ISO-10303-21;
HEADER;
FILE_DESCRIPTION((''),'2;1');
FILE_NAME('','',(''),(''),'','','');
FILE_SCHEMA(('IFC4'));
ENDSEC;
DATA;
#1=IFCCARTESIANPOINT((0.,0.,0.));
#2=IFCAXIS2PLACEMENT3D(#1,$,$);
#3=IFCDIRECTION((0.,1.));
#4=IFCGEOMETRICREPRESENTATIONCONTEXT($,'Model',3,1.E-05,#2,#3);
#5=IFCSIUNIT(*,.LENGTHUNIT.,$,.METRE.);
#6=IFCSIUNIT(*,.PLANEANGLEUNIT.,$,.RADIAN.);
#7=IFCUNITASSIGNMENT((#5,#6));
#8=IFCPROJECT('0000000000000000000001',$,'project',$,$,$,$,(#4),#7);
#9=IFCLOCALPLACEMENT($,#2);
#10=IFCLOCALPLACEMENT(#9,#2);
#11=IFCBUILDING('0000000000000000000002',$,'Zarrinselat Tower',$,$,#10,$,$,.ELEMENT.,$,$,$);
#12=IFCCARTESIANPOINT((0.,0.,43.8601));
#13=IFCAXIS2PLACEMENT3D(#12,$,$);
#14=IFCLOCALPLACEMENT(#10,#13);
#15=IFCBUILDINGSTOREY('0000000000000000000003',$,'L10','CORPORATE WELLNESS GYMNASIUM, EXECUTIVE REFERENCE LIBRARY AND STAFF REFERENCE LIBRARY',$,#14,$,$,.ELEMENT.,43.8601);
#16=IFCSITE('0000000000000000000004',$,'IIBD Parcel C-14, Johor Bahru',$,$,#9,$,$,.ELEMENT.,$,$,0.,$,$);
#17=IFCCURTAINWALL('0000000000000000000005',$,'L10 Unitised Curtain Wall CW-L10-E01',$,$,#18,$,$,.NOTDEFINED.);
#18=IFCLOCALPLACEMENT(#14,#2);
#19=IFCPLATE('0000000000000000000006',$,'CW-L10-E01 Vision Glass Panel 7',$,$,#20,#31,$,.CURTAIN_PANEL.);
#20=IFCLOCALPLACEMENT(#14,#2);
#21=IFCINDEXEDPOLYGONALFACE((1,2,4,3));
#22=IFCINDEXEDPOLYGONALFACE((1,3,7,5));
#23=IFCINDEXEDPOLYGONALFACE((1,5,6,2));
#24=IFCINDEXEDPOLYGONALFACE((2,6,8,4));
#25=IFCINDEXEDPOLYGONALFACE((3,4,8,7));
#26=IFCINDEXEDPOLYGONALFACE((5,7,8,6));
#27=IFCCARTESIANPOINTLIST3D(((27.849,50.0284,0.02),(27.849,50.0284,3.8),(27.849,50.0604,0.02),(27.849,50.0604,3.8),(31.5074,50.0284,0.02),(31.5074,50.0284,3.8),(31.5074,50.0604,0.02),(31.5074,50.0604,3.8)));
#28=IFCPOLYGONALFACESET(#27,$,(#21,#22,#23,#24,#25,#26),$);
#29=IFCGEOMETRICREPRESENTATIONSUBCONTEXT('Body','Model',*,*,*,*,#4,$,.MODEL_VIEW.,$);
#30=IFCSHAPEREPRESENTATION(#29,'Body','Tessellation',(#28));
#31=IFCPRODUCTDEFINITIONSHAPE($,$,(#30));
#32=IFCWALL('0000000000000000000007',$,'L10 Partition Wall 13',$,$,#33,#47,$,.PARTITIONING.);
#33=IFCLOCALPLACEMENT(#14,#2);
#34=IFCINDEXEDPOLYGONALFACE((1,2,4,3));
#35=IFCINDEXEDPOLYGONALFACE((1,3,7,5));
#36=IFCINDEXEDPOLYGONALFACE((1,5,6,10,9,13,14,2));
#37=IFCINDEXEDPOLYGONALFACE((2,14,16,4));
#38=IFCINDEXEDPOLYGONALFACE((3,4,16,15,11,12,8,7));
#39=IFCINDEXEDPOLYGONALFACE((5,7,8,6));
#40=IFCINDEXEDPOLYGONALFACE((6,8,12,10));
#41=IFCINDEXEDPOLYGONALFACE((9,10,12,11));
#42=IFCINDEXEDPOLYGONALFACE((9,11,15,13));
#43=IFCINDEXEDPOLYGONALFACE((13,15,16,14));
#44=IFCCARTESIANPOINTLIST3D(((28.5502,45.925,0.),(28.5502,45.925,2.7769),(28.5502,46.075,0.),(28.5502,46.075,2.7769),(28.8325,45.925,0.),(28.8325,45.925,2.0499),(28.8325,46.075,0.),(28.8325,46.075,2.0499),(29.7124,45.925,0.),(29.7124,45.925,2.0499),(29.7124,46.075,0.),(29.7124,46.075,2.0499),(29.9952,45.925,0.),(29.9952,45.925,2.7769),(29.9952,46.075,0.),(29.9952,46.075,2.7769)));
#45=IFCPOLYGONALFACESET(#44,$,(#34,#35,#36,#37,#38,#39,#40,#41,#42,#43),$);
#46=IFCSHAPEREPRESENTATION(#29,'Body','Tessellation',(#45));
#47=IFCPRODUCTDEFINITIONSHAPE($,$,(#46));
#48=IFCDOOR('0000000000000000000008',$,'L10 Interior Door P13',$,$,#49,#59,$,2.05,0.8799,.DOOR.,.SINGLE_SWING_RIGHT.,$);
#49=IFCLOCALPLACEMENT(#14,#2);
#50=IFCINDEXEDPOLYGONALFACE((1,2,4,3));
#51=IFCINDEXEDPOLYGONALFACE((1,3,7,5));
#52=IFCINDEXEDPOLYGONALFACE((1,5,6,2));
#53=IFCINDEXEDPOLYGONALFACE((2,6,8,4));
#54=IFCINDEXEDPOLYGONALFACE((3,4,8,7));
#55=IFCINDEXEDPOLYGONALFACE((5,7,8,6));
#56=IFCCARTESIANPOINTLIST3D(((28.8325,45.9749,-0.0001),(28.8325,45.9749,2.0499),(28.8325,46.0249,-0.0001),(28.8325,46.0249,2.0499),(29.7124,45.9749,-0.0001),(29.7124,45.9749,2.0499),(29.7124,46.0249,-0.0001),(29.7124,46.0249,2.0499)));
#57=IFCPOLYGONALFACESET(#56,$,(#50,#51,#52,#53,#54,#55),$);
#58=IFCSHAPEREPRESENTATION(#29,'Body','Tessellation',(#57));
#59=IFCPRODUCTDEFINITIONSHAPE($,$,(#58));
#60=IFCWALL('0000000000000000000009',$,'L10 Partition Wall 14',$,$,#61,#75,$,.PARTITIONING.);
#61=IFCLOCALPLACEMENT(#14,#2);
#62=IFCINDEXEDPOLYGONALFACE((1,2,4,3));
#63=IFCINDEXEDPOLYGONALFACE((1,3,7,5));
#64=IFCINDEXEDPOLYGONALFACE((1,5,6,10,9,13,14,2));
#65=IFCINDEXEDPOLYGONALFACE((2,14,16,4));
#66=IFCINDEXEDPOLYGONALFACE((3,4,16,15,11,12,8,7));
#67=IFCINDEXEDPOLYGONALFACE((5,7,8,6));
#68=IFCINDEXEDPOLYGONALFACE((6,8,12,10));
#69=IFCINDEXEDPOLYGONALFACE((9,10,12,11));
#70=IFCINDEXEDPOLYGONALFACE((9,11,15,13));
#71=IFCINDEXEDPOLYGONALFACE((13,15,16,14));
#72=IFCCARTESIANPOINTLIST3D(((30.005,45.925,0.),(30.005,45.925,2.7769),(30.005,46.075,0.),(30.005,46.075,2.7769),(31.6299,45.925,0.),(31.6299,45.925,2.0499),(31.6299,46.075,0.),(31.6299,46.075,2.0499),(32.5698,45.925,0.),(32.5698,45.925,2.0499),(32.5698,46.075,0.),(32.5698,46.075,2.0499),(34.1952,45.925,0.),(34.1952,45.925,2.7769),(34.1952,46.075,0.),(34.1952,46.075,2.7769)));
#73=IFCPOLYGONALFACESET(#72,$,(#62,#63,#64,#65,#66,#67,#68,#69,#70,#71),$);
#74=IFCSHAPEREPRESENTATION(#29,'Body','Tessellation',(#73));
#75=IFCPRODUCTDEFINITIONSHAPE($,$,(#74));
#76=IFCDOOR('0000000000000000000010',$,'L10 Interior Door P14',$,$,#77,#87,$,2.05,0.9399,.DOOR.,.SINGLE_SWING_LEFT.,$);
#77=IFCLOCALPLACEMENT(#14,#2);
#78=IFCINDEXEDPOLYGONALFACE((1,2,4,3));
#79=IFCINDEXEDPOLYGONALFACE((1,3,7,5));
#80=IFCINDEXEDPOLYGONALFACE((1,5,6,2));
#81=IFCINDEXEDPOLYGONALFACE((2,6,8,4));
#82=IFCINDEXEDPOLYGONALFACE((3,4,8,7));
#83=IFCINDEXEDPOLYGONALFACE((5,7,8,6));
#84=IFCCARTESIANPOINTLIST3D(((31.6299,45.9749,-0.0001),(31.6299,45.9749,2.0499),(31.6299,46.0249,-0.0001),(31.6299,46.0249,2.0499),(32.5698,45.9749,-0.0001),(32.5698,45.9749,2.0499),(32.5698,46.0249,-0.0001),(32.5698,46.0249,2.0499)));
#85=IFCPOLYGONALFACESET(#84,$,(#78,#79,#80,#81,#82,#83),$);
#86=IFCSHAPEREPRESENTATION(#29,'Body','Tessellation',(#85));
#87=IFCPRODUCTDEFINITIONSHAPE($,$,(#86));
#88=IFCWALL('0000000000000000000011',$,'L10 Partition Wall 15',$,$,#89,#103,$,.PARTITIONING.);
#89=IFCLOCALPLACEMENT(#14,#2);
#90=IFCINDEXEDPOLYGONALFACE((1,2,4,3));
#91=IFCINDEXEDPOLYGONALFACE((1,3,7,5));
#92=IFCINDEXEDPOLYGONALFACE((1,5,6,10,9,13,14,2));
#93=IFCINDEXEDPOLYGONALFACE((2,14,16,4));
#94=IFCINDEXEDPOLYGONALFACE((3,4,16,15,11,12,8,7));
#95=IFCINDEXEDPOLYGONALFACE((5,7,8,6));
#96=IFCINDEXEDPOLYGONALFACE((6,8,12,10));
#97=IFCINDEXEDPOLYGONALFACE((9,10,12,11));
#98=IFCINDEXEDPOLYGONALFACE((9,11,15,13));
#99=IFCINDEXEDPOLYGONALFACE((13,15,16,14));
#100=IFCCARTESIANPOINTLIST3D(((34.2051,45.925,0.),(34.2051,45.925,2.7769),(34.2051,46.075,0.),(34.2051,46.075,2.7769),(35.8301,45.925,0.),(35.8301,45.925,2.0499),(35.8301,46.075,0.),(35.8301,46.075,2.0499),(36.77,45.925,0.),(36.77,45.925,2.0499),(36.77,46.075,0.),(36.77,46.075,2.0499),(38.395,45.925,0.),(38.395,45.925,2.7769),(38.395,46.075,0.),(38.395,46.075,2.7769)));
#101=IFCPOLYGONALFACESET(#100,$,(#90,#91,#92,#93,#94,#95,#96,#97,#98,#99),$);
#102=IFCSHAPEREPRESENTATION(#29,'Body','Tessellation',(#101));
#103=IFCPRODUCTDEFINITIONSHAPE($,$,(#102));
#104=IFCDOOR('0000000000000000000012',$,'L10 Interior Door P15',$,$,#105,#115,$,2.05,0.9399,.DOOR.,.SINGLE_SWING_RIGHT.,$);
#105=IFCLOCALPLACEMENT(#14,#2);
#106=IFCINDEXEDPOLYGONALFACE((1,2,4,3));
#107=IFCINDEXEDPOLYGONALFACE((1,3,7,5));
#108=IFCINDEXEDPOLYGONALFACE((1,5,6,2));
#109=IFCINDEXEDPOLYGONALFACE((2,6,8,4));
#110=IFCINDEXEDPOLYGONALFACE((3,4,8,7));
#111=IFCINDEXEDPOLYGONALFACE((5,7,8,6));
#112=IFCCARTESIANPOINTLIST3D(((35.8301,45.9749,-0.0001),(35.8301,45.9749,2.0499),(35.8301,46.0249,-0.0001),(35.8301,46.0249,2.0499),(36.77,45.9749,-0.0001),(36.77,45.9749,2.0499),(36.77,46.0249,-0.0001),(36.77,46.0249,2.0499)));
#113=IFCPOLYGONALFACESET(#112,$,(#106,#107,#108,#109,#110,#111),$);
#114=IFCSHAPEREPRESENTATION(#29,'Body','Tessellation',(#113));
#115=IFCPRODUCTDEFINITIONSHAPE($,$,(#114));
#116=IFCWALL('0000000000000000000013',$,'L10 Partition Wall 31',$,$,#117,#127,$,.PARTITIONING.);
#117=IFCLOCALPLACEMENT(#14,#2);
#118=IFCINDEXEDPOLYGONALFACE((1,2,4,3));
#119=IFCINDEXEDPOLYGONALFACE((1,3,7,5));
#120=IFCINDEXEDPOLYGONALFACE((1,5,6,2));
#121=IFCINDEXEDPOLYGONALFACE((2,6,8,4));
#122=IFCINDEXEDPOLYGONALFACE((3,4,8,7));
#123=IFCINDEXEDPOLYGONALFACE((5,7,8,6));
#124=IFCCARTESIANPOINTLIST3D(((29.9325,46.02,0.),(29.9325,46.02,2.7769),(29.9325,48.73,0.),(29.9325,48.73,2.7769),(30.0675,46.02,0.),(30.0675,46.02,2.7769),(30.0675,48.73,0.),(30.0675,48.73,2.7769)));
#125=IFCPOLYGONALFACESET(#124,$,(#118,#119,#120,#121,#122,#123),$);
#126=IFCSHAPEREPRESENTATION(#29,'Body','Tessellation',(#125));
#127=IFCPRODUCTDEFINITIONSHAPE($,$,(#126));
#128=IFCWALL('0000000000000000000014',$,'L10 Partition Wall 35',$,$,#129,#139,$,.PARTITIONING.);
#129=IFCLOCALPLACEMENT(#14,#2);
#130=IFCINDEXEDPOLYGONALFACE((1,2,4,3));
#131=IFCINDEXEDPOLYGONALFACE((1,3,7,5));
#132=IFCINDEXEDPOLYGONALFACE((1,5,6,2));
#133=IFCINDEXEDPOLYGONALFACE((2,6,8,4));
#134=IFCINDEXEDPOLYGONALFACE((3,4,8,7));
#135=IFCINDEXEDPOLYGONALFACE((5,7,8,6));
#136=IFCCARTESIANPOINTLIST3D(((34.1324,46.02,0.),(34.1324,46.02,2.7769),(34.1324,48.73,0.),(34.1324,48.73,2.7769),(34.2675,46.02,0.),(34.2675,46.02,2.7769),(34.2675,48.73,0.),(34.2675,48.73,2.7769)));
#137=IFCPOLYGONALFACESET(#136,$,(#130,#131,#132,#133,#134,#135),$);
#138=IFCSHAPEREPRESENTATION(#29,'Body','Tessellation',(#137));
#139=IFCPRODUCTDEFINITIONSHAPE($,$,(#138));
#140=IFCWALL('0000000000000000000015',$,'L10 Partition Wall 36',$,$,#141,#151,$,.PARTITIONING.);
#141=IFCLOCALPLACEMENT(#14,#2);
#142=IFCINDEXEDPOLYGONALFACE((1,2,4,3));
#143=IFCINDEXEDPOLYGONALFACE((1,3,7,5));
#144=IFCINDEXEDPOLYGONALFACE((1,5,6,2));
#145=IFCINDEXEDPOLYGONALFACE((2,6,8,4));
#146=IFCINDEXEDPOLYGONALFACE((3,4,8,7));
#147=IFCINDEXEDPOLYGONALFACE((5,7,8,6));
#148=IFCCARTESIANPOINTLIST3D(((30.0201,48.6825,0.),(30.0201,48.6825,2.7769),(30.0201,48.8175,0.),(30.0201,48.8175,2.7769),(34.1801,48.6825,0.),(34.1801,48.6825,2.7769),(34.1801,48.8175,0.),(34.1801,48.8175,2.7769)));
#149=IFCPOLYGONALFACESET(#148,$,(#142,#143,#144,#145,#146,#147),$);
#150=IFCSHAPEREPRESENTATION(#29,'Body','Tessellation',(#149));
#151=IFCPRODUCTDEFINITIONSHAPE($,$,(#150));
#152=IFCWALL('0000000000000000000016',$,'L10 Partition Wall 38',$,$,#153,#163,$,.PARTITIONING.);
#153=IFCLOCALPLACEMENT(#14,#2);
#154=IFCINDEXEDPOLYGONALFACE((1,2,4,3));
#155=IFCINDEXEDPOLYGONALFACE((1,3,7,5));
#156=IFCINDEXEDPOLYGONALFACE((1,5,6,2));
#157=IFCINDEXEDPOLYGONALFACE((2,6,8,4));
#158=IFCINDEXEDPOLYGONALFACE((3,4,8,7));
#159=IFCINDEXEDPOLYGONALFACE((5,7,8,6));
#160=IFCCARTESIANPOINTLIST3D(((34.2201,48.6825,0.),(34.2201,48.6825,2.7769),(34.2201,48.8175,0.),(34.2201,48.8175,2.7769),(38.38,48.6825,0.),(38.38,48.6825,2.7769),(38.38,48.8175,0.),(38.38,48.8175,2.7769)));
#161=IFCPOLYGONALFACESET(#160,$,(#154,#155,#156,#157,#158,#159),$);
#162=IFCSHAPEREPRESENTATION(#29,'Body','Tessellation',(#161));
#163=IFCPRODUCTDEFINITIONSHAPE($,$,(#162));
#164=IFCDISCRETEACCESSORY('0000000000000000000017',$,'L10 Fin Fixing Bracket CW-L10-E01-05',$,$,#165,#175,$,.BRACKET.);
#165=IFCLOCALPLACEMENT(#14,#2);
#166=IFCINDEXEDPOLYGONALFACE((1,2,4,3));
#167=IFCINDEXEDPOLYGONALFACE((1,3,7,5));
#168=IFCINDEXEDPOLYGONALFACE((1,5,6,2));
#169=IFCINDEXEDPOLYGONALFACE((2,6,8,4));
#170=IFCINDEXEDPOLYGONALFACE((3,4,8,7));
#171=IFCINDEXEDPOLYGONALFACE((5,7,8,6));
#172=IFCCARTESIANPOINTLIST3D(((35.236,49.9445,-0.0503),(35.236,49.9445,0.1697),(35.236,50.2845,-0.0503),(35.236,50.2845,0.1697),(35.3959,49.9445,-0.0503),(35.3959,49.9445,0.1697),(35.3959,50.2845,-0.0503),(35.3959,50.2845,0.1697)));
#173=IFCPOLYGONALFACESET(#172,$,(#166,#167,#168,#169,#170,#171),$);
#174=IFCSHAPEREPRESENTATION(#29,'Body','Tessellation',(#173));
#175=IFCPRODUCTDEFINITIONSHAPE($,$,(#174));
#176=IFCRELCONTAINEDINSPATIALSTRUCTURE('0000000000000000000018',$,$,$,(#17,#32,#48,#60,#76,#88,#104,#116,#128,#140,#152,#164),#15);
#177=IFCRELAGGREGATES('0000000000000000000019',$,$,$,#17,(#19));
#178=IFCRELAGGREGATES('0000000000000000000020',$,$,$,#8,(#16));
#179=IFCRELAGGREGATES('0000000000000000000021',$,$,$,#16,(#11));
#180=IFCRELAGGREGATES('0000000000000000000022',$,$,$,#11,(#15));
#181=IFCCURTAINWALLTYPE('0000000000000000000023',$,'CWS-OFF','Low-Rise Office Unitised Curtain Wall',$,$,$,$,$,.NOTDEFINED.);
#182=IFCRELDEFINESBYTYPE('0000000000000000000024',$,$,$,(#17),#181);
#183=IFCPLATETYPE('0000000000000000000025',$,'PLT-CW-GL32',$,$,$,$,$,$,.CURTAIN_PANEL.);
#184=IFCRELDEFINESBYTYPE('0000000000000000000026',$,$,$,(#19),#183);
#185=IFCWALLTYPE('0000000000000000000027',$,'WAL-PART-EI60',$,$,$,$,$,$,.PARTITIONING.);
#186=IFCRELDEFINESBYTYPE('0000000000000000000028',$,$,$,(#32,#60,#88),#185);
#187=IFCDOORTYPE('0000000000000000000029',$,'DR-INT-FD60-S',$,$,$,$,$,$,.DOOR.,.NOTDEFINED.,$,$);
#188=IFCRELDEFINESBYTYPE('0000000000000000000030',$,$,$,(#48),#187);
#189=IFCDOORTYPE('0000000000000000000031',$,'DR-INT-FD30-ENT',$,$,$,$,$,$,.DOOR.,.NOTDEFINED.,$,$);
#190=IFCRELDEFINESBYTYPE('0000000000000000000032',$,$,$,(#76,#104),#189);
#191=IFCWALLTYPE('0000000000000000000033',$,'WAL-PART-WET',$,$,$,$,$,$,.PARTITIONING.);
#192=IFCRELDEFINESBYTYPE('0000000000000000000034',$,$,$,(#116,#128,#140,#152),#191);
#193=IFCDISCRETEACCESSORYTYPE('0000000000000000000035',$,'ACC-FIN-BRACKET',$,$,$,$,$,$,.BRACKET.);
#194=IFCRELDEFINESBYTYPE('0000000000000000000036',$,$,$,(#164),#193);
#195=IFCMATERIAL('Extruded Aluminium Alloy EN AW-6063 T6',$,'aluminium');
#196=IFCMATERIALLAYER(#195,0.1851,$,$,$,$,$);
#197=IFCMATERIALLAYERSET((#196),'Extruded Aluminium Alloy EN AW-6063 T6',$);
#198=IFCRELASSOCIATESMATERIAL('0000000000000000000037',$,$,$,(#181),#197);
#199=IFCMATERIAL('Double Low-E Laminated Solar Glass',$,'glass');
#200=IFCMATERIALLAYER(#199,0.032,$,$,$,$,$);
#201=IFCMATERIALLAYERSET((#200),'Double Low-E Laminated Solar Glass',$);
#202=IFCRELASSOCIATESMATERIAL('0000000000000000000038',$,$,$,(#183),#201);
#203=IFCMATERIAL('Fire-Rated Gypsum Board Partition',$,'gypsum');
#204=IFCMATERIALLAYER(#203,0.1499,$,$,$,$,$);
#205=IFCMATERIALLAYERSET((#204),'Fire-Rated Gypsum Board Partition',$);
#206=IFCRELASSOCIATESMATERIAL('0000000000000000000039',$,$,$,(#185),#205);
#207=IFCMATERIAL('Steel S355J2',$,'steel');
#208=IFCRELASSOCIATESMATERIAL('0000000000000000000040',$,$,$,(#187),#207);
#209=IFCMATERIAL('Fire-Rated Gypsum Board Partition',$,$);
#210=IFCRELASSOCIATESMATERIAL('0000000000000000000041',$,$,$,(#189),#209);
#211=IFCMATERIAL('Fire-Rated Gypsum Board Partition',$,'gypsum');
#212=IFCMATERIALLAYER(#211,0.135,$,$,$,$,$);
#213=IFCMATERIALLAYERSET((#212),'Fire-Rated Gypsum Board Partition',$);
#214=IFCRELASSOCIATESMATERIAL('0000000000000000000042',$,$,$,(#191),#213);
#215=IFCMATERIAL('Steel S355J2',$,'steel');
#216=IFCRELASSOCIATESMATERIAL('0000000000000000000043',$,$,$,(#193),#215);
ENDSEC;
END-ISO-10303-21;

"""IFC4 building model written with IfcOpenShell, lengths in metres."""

from ifc_helpers import new_model, si_unit, direction, frame, frame_2d, origin, origin_2d, place, context, subcontext, project, spatial, rectangle, extrude, material, layer, layer_set, type_object, element, fill, aggregate, save


model = new_model("IFC4")

# Units and contexts
model_context = context("Model", 3, precision=1e-05, world=origin(), true_north=direction((0.0, 1.0)))
body_context = subcontext(model_context, "Body", "Model", "MODEL_VIEW")
ifc_project = project(units=[si_unit("LENGTHUNIT", "METRE"), si_unit("PLANEANGLEUNIT", "RADIAN")], contexts=[model_context])

# Site, building, storey
site_placement = place(None, origin())
site = spatial("IfcSite", under=ifc_project, at=site_placement, Name="IIBD Parcel C-14, Johor Bahru", CompositionType="ELEMENT", RefElevation=0.0)
building_placement = place(site_placement, origin())
building = spatial("IfcBuilding", under=site, at=building_placement, Name="Zarrinselat Tower", CompositionType="ELEMENT")
storey_placement = place(building_placement, frame((0.0, 0.0, 43.8601)))
storey = spatial("IfcBuildingStorey", under=building, at=storey_placement, Name="L10", Description="CORPORATE WELLNESS GYMNASIUM, EXECUTIVE REFERENCE LIBRARY AND STAFF REFERENCE LIBRARY", CompositionType="ELEMENT", Elevation=43.8601)

# Curtain wall, plate
ifc_material_1 = material(Name="Extruded Aluminium Alloy EN AW-6063 T6", Category="aluminium")
ifc_layer_1 = layer(ifc_material_1, 0.1851)
ifc_layer_set_1 = layer_set([ifc_layer_1], Name="Extruded Aluminium Alloy EN AW-6063 T6")
curtain_wall_type = type_object("IfcCurtainWallType", Name="CWS-OFF", Description="Low-Rise Office Unitised Curtain Wall", PredefinedType="NOTDEFINED", material=ifc_layer_set_1)
curtain_wall_placement = place(storey_placement, origin())
curtain_wall = element("IfcCurtainWall", 1, at=curtain_wall_placement, inside=storey, type_object=curtain_wall_type, Name="L10 Unitised Curtain Wall CW-L10-E01", PredefinedType="NOTDEFINED")
ifc_material_2 = material(Name="Double Low-E Laminated Solar Glass", Category="glass")
ifc_layer_2 = layer(ifc_material_2, 0.032)
ifc_layer_set_2 = layer_set([ifc_layer_2], Name="Double Low-E Laminated Solar Glass")
plate_type = type_object("IfcPlateType", Name="PLT-CW-GL32", PredefinedType="CURTAIN_PANEL", material=ifc_layer_set_2)
plate_1_placement = place(storey_placement, frame((29.6782, 50.0444, 0.02), z_axis=(0.0, 0.0, 1.0), x_axis=(-1.0, 0.0, 0.0)))
plate_1 = element("IfcPlate", 2, at=plate_1_placement, type_object=plate_type, Name="CW-L10-E01 Vision Glass Panel 7", PredefinedType="CURTAIN_PANEL", context=body_context, shape_type="SweptSolid", body=[
    extrude(rectangle(XDim=3.6584, YDim=0.032, at=origin_2d()), origin(), (0.0, 0.0, 1.0), 3.78),
])
aggregate(curtain_wall, [plate_1])

# Walls, openings, doors
ifc_material_3 = material(Name="Fire-Rated Gypsum Board Partition", Category="gypsum")
ifc_layer_3 = layer(ifc_material_3, 0.1499)
ifc_layer_set_3 = layer_set([ifc_layer_3], Name="Fire-Rated Gypsum Board Partition")
wall_type_1 = type_object("IfcWallType", Name="WAL-PART-EI60", PredefinedType="PARTITIONING", material=ifc_layer_set_3)
wall_1_placement = place(storey_placement, frame((28.55, 46.0, 0.0), z_axis=(0.0, 0.0, 1.0), x_axis=(1.0, 0.0, 0.0)))
wall_1 = element("IfcWall", 3, at=wall_1_placement, inside=storey, type_object=wall_type_1, Name="L10 Partition Wall 13", PredefinedType="PARTITIONING", context=body_context, shape_type="SweptSolid", body=[
    extrude(rectangle(XDim=1.4451, YDim=0.1499, at=frame_2d((0.7227, 0.0))), origin(), (0.0, 0.0, 1.0), 2.7769),
])
opening_1_placement = place(wall_1_placement, frame((0.2825, 0.0, 0.0)))
opening_1 = element("IfcOpeningElement", 4, at=opening_1_placement, cuts=wall_1, PredefinedType="OPENING", context=body_context, shape_type="SweptSolid", body=[
    extrude(rectangle(XDim=0.8799, YDim=2.05, at=frame_2d((0.4399, 1.0249))), frame((0.0, 0.085, 0.0), z_axis=(0.0, -1.0, 0.0), x_axis=(1.0, 0.0, 0.0)), (0.0, 0.0, 1.0), 0.1699),
])
ifc_material_4 = material(Name="Steel S355J2", Category="steel")
door_type_1 = type_object("IfcDoorType", Name="DR-INT-FD60-S", OperationType="NOTDEFINED", PredefinedType="DOOR", material=ifc_material_4)
door_1_placement = place(opening_1_placement, origin())
door_1 = element("IfcDoor", 5, at=door_1_placement, inside=storey, type_object=door_type_1, Name="L10 Interior Door P13", OperationType="SINGLE_SWING_RIGHT", OverallHeight=2.05, OverallWidth=0.8799, PredefinedType="DOOR", context=body_context, shape_type="SweptSolid", body=[
    extrude(rectangle(XDim=0.8799, YDim=2.05, at=frame_2d((0.4399, 1.0249))), frame((0.0, 0.0249, 0.0), z_axis=(0.0, -1.0, 0.0), x_axis=(1.0, 0.0, 0.0)), (0.0, 0.0, 1.0), 0.05),
])
fill(opening_1, door_1)
wall_2_placement = place(storey_placement, frame((30.0049, 46.0, 0.0), z_axis=(0.0, 0.0, 1.0), x_axis=(1.0, 0.0, 0.0)))
wall_2 = element("IfcWall", 6, at=wall_2_placement, inside=storey, type_object=wall_type_1, Name="L10 Partition Wall 14", PredefinedType="PARTITIONING", context=body_context, shape_type="SweptSolid", body=[
    extrude(rectangle(XDim=4.1902, YDim=0.1499, at=frame_2d((2.0952, 0.0))), origin(), (0.0, 0.0, 1.0), 2.7769),
])
opening_2_placement = place(wall_2_placement, frame((1.625, 0.0, 0.0)))
opening_2 = element("IfcOpeningElement", 7, at=opening_2_placement, cuts=wall_2, PredefinedType="OPENING", context=body_context, shape_type="SweptSolid", body=[
    extrude(rectangle(XDim=0.9399, YDim=2.05, at=frame_2d((0.47, 1.0249))), frame((0.0, 0.085, 0.0), z_axis=(0.0, -1.0, 0.0), x_axis=(1.0, 0.0, 0.0)), (0.0, 0.0, 1.0), 0.1699),
])
ifc_material_5 = material(Name="Fire-Rated Gypsum Board Partition")
door_type_2 = type_object("IfcDoorType", Name="DR-INT-FD30-ENT", OperationType="NOTDEFINED", PredefinedType="DOOR", material=ifc_material_5)
door_2_placement = place(opening_2_placement, origin())
door_2 = element("IfcDoor", 8, at=door_2_placement, inside=storey, type_object=door_type_2, Name="L10 Interior Door P14", OperationType="SINGLE_SWING_LEFT", OverallHeight=2.05, OverallWidth=0.9399, PredefinedType="DOOR", context=body_context, shape_type="SweptSolid", body=[
    extrude(rectangle(XDim=0.9399, YDim=2.05, at=frame_2d((0.47, 1.0249))), frame((0.0, 0.0249, 0.0), z_axis=(0.0, -1.0, 0.0), x_axis=(1.0, 0.0, 0.0)), (0.0, 0.0, 1.0), 0.05),
])
fill(opening_2, door_2)
wall_3_placement = place(storey_placement, frame((34.2051, 46.0, 0.0), z_axis=(0.0, 0.0, 1.0), x_axis=(1.0, 0.0, 0.0)))
wall_3 = element("IfcWall", 9, at=wall_3_placement, inside=storey, type_object=wall_type_1, Name="L10 Partition Wall 15", PredefinedType="PARTITIONING", context=body_context, shape_type="SweptSolid", body=[
    extrude(rectangle(XDim=4.1899, YDim=0.1499, at=frame_2d((2.095, 0.0))), origin(), (0.0, 0.0, 1.0), 2.7769),
])
opening_3_placement = place(wall_3_placement, frame((1.625, 0.0, 0.0)))
opening_3 = element("IfcOpeningElement", 10, at=opening_3_placement, cuts=wall_3, PredefinedType="OPENING", context=body_context, shape_type="SweptSolid", body=[
    extrude(rectangle(XDim=0.9399, YDim=2.05, at=frame_2d((0.47, 1.0249))), frame((0.0, 0.085, 0.0), z_axis=(0.0, -1.0, 0.0), x_axis=(1.0, 0.0, 0.0)), (0.0, 0.0, 1.0), 0.1699),
])
door_3_placement = place(opening_3_placement, origin())
door_3 = element("IfcDoor", 11, at=door_3_placement, inside=storey, type_object=door_type_2, Name="L10 Interior Door P15", OperationType="SINGLE_SWING_RIGHT", OverallHeight=2.05, OverallWidth=0.9399, PredefinedType="DOOR", context=body_context, shape_type="SweptSolid", body=[
    extrude(rectangle(XDim=0.9399, YDim=2.05, at=frame_2d((0.47, 1.0249))), frame((0.0, 0.0249, 0.0), z_axis=(0.0, -1.0, 0.0), x_axis=(1.0, 0.0, 0.0)), (0.0, 0.0, 1.0), 0.05),
])
fill(opening_3, door_3)

# Walls
ifc_material_6 = material(Name="Fire-Rated Gypsum Board Partition", Category="gypsum")
ifc_layer_4 = layer(ifc_material_6, 0.135)
ifc_layer_set_4 = layer_set([ifc_layer_4], Name="Fire-Rated Gypsum Board Partition")
wall_type_2 = type_object("IfcWallType", Name="WAL-PART-WET", PredefinedType="PARTITIONING", material=ifc_layer_set_4)
for number, where, z_axis, x_axis, name in (
    (12, (30.0, 46.02, 0.0), (0.0, 0.0, 1.0), (0.0, 1.0, 0.0), "L10 Partition Wall 31"),
    (13, (34.2, 46.02, 0.0), (0.0, 0.0, 1.0), (0.0, 1.0, 0.0), "L10 Partition Wall 35"),
):
    element("IfcWall", number, at=place(storey_placement, frame(where, z_axis=z_axis, x_axis=x_axis)), inside=storey, type_object=wall_type_2, Name=name, PredefinedType="PARTITIONING", context=body_context, shape_type="SweptSolid", body=[
        extrude(rectangle(XDim=2.71, YDim=0.135, at=frame_2d((1.355, 0.0))), origin(), (0.0, 0.0, 1.0), 2.7769),
    ])
for number, where, z_axis, x_axis, name in (
    (14, (30.02, 48.75, 0.0), (0.0, 0.0, 1.0), (1.0, 0.0, 0.0), "L10 Partition Wall 36"),
    (15, (34.22, 48.75, 0.0), (0.0, 0.0, 1.0), (1.0, 0.0, 0.0), "L10 Partition Wall 38"),
):
    element("IfcWall", number, at=place(storey_placement, frame(where, z_axis=z_axis, x_axis=x_axis)), inside=storey, type_object=wall_type_2, Name=name, PredefinedType="PARTITIONING", context=body_context, shape_type="SweptSolid", body=[
        extrude(rectangle(XDim=4.1599, YDim=0.135, at=frame_2d((2.0801, 0.0))), origin(), (0.0, 0.0, 1.0), 2.7769),
    ])

# Discrete accessory
ifc_material_7 = material(Name="Steel S355J2", Category="steel")
discrete_accessory_type = type_object("IfcDiscreteAccessoryType", Name="ACC-FIN-BRACKET", PredefinedType="BRACKET", material=ifc_material_7)
discrete_accessory_placement = place(storey_placement, frame((35.3159, 50.1145, -0.0503), z_axis=(0.0, 0.0, 1.0), x_axis=(0.0, 1.0, 0.0)))
element("IfcDiscreteAccessory", 16, at=discrete_accessory_placement, inside=storey, type_object=discrete_accessory_type, Name="L10 Fin Fixing Bracket CW-L10-E01-05", PredefinedType="BRACKET", context=body_context, shape_type="SweptSolid", body=[
    extrude(rectangle(XDim=0.3401, YDim=0.1599, at=origin_2d()), origin(), (0.0, 0.0, 1.0), 0.22),
])

save(model, "model.ifc")
